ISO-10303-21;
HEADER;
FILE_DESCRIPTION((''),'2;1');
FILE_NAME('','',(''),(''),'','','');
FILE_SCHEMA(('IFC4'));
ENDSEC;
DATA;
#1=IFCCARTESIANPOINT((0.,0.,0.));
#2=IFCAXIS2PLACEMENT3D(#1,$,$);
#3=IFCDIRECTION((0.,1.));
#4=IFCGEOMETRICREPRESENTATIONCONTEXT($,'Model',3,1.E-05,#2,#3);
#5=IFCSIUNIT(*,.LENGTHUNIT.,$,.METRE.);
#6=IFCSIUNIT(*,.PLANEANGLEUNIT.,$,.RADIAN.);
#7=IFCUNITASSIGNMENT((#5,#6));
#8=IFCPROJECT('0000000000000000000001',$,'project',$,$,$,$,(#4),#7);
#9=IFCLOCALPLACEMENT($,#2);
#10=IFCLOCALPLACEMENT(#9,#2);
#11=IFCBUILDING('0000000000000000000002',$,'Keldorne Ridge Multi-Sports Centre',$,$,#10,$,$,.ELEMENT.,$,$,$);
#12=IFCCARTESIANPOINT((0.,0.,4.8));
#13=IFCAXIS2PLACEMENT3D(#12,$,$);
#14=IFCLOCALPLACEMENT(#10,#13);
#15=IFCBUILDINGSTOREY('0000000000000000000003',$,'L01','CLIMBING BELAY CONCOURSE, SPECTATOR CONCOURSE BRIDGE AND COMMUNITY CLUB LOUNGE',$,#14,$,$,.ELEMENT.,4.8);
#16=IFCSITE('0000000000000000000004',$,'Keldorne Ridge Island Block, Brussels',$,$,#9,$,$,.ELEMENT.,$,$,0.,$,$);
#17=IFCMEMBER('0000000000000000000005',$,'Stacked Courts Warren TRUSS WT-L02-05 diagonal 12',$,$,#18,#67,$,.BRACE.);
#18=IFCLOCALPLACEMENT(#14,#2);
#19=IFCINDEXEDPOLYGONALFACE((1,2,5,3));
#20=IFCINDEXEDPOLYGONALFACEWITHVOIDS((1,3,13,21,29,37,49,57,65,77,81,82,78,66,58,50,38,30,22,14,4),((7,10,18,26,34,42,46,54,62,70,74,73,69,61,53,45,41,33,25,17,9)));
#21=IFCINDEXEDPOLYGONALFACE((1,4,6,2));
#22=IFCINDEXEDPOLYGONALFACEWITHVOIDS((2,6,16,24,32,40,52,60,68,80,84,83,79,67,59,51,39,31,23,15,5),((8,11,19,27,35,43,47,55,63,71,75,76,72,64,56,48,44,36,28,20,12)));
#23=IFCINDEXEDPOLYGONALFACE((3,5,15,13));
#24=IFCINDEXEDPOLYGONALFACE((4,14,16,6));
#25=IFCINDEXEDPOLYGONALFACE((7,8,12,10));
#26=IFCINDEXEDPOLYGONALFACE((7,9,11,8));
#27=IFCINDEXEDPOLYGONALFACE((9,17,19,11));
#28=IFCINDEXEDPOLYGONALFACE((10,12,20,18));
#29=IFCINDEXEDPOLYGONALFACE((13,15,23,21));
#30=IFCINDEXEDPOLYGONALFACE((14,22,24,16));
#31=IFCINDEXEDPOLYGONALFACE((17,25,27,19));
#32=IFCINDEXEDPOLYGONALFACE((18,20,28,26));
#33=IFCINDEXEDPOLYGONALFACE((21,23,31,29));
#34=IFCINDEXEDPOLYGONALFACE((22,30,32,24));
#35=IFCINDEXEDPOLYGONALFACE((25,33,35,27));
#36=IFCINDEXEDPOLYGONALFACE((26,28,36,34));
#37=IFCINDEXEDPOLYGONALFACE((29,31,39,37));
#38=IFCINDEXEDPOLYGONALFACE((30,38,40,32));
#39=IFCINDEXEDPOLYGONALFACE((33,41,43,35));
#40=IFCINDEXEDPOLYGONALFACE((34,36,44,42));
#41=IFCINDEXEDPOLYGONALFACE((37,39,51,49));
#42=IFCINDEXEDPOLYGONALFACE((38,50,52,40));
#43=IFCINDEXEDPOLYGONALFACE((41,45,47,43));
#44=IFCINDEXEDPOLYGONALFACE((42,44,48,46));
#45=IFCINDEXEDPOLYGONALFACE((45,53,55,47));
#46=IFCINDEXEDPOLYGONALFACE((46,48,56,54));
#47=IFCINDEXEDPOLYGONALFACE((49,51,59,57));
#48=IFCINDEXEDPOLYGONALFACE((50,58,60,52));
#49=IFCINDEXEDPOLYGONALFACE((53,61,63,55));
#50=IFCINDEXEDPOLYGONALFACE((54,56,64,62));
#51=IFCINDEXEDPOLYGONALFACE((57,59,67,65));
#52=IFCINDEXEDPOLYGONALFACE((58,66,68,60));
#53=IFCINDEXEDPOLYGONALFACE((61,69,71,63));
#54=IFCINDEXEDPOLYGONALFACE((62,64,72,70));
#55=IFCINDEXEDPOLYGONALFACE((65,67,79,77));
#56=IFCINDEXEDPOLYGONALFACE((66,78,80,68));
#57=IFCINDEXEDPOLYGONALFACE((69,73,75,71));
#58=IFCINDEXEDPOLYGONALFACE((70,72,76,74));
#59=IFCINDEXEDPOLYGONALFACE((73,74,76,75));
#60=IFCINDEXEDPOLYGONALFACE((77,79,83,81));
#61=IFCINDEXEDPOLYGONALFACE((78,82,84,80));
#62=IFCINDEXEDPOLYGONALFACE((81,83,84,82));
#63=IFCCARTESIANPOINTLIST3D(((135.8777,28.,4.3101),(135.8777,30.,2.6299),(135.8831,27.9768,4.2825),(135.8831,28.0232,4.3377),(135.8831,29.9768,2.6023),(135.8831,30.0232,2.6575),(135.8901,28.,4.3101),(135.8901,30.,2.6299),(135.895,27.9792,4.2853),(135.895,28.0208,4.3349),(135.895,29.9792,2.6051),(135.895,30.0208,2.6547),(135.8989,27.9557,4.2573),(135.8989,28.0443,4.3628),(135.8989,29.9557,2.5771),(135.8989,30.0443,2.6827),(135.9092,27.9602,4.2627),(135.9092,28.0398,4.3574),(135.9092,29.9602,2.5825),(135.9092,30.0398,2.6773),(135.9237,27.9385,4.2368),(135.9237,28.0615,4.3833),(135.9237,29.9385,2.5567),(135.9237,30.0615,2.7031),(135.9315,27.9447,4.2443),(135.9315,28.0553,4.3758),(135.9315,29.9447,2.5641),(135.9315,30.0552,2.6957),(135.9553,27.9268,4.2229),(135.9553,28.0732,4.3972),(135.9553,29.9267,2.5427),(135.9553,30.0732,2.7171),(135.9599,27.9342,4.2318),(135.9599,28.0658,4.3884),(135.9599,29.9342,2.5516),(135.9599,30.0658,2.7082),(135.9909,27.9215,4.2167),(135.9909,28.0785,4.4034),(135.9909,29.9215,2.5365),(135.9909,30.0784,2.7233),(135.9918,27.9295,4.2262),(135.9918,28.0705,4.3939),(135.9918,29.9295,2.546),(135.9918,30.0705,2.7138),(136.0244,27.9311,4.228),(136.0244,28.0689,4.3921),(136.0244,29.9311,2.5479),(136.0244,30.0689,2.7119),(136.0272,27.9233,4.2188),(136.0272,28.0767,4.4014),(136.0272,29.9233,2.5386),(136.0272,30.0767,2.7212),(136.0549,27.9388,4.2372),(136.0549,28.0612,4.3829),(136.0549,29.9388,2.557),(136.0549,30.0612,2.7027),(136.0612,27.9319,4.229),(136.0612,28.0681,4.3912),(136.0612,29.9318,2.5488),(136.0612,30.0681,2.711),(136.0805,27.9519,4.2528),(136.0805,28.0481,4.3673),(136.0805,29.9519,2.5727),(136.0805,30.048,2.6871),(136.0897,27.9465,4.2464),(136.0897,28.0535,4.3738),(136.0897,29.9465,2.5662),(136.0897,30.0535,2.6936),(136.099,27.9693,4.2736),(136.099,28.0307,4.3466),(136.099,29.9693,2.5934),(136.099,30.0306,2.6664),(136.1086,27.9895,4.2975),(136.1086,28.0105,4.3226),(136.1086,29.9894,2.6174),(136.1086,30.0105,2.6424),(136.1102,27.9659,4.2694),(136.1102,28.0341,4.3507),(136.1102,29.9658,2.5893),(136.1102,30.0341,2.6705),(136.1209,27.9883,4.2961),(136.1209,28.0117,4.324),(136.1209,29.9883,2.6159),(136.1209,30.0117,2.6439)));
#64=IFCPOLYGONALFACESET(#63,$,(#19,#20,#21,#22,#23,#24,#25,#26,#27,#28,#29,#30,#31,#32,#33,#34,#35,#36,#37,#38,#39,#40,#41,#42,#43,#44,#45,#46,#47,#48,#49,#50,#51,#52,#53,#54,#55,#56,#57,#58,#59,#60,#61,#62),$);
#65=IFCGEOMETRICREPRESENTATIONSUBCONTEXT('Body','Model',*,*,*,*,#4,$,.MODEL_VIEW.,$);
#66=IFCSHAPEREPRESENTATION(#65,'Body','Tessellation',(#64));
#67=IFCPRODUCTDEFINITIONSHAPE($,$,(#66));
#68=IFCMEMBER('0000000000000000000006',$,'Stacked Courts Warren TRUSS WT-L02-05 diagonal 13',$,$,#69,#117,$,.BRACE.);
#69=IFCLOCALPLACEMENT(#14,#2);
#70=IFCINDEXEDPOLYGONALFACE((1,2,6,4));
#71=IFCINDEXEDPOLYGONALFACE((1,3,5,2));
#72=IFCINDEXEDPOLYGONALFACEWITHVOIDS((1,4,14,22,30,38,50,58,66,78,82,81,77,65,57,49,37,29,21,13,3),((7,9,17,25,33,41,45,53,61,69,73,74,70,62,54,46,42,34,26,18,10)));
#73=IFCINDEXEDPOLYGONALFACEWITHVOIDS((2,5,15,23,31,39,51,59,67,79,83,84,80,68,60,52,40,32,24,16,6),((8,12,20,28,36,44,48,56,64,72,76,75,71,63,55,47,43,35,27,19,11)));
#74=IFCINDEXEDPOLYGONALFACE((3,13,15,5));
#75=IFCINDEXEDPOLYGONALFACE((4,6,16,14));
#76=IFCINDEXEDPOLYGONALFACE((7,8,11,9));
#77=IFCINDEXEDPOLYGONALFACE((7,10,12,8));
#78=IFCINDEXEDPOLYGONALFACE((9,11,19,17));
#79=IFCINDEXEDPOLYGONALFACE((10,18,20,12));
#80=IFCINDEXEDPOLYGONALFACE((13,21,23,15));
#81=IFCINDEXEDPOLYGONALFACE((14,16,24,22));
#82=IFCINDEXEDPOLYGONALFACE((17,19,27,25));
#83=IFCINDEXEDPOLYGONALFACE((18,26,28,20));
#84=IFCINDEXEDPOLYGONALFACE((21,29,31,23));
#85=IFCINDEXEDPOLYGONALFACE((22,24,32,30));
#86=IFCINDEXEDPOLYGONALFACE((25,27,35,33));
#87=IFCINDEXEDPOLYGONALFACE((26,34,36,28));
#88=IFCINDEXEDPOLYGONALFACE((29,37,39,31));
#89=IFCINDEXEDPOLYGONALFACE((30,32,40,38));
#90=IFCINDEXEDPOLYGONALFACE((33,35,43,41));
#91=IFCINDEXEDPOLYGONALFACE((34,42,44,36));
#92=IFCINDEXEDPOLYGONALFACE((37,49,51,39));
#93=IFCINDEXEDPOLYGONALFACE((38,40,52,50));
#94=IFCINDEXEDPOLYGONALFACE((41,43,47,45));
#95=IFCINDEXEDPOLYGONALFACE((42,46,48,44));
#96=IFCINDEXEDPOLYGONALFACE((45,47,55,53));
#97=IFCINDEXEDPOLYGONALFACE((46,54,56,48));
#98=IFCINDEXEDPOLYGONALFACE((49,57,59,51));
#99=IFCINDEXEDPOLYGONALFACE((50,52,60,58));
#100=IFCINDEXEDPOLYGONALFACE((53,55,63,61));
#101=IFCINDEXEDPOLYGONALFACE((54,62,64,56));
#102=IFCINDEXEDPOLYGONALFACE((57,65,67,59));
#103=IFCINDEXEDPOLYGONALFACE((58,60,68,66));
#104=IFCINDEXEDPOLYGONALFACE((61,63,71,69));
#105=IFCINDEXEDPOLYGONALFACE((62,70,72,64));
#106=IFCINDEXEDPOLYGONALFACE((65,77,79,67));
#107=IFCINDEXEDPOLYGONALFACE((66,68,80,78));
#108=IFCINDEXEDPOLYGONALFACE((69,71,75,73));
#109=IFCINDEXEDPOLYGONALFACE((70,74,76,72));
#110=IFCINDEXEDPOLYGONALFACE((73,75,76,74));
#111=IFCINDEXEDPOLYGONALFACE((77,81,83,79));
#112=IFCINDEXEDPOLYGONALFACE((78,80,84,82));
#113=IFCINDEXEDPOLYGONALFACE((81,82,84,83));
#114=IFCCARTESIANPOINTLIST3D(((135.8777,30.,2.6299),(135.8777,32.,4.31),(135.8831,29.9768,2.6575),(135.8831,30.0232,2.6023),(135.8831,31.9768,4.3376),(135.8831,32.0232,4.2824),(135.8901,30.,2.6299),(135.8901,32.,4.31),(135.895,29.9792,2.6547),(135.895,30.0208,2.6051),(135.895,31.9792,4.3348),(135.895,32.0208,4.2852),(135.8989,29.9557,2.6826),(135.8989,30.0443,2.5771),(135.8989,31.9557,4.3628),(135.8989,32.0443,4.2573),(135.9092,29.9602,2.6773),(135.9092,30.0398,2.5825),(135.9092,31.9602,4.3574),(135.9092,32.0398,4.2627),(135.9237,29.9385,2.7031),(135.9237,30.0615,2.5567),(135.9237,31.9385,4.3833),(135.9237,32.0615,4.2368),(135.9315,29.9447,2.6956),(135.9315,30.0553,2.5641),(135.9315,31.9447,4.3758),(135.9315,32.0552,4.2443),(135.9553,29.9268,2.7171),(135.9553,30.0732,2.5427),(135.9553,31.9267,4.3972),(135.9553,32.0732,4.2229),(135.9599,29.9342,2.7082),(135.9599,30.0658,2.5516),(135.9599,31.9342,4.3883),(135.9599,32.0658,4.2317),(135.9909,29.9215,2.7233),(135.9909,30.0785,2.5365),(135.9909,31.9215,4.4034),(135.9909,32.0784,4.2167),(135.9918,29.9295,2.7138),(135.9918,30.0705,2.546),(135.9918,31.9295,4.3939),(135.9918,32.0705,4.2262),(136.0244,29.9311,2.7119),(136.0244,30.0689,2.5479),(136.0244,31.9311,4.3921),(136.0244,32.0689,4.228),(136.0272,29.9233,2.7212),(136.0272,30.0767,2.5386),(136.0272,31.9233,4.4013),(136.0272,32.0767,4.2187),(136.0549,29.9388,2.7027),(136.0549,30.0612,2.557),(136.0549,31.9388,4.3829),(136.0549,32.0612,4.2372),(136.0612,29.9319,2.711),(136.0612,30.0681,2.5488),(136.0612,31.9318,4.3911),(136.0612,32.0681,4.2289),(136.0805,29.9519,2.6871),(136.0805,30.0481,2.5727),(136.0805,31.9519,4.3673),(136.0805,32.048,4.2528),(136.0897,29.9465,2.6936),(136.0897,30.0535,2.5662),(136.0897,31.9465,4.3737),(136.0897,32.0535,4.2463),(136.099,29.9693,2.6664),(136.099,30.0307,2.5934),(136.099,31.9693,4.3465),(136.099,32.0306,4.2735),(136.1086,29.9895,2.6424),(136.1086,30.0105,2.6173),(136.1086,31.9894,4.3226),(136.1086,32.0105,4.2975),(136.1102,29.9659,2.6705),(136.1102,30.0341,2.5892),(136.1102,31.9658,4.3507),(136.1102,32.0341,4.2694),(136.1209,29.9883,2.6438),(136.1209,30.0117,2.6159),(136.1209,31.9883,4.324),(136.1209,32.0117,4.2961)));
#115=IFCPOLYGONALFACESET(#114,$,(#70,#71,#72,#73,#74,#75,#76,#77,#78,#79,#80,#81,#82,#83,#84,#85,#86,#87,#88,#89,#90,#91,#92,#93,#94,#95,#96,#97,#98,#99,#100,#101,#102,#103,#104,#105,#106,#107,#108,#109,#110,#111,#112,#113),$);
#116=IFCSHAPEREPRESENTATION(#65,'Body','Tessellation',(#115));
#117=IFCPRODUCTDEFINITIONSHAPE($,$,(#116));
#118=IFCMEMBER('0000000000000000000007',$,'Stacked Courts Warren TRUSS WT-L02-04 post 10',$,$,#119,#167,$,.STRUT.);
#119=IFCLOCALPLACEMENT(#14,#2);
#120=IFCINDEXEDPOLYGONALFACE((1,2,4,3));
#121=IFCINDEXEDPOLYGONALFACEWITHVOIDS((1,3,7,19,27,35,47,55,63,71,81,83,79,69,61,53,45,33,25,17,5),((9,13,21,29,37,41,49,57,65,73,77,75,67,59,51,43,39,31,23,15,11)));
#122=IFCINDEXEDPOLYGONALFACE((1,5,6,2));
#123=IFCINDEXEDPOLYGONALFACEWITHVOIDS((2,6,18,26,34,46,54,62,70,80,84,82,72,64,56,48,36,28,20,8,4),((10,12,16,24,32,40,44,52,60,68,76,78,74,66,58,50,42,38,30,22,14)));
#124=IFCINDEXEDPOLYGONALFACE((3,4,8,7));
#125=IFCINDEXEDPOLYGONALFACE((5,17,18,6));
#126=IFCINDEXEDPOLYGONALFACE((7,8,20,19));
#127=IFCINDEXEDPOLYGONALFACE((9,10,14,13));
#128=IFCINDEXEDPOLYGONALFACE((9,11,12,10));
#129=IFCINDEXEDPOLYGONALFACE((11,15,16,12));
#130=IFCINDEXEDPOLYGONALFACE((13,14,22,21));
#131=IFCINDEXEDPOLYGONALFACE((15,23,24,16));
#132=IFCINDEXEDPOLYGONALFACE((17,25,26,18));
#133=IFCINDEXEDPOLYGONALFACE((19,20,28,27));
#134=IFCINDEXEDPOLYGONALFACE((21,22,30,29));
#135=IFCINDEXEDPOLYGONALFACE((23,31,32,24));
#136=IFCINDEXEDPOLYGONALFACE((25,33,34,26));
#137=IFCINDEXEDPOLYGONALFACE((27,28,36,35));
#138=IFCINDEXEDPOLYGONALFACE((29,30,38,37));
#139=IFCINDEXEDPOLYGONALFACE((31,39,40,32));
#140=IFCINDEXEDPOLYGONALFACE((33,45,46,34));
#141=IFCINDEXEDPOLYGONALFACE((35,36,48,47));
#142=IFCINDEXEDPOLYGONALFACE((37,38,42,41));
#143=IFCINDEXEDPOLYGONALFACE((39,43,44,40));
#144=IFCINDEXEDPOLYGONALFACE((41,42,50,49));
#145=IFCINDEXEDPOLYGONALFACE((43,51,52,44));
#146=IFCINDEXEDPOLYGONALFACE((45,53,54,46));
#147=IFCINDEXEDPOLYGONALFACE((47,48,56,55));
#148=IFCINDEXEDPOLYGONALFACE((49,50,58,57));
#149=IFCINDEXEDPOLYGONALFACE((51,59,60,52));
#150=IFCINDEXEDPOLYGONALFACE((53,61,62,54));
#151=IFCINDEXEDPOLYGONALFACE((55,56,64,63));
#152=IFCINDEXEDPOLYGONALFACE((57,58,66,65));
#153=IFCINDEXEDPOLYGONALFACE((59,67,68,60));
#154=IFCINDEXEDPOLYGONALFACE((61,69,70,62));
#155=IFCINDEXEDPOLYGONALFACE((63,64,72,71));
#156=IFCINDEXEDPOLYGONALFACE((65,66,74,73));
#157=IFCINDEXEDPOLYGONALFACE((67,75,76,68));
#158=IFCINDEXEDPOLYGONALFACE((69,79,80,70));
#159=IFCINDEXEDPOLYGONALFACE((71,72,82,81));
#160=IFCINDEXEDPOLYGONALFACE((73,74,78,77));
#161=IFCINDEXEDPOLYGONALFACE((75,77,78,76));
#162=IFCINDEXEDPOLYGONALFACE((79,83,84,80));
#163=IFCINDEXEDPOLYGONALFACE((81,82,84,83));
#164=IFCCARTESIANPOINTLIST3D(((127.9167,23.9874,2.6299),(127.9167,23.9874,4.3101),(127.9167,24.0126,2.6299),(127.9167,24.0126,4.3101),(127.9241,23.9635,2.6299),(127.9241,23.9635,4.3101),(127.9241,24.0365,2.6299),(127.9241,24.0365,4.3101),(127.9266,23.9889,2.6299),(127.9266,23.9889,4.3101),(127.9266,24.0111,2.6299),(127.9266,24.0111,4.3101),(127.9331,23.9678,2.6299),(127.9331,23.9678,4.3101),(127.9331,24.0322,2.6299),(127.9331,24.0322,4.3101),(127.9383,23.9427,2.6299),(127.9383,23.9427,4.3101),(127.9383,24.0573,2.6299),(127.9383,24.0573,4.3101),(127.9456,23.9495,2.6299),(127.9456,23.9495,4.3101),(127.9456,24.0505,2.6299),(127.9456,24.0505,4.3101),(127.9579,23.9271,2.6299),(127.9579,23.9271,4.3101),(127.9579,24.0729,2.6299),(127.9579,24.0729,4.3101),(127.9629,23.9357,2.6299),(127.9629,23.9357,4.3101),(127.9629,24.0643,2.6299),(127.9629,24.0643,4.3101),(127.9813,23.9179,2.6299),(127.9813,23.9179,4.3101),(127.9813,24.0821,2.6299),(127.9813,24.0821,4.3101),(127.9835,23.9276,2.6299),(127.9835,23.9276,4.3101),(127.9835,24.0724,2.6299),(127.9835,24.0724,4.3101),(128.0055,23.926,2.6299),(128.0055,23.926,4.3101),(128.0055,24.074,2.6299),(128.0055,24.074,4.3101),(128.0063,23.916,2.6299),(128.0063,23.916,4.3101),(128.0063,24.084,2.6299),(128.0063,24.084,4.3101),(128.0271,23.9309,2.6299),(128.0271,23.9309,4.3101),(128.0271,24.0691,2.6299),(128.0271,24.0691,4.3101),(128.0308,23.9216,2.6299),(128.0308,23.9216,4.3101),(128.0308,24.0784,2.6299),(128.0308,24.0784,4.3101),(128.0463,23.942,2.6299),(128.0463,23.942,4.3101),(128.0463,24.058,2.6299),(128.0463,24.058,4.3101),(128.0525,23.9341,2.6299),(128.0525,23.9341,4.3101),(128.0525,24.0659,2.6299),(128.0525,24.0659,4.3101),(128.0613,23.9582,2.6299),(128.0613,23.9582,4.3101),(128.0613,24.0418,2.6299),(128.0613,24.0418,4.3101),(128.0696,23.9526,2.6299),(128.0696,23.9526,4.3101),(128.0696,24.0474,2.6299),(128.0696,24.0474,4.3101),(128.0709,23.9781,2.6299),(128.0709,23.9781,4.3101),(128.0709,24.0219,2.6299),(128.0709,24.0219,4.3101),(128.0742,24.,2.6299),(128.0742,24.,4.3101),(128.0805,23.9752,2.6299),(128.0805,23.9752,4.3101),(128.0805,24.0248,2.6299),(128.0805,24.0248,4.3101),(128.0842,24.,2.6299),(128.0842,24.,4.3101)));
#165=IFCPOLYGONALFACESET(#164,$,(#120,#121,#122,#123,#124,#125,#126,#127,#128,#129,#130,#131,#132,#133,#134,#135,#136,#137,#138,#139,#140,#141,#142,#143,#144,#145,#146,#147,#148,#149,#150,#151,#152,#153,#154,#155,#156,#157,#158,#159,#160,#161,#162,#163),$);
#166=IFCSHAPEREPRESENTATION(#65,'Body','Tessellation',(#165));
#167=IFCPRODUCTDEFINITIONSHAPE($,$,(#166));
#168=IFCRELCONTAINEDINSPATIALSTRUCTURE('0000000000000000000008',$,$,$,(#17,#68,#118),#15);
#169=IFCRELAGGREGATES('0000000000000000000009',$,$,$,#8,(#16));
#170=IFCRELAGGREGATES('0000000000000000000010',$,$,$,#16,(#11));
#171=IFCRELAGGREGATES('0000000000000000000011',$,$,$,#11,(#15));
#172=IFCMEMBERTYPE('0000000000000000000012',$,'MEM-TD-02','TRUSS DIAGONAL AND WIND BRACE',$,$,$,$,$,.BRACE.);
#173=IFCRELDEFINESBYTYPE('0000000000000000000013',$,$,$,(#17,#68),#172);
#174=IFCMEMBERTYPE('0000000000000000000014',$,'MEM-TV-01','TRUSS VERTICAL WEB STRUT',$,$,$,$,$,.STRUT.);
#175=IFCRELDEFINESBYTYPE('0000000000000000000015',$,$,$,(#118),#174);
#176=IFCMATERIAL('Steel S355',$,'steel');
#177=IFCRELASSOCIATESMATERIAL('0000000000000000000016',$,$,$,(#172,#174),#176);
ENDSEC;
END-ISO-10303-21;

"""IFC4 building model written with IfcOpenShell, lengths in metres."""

from ifc_helpers import new_model, si_unit, direction, frame, origin, origin_2d, place, context, subcontext, project, spatial, hollow_circle, extrude, material, material_profile, profile_set, type_object, element, save


model = new_model("IFC4")

# Units and contexts
model_context = context("Model", 3, precision=1e-05, world=origin(), true_north=direction((0.0, 1.0)))
body_context = subcontext(model_context, "Body", "Model", "MODEL_VIEW")
ifc_project = project(units=[si_unit("LENGTHUNIT", "METRE"), si_unit("PLANEANGLEUNIT", "RADIAN")], contexts=[model_context])

# Site, building, storey
site_placement = place(None, origin())
site = spatial("IfcSite", under=ifc_project, at=site_placement, Name="Keldorne Ridge Island Block, Brussels", CompositionType="ELEMENT", RefElevation=0.0)
building_placement = place(site_placement, origin())
building = spatial("IfcBuilding", under=site, at=building_placement, Name="Keldorne Ridge Multi-Sports Centre", CompositionType="ELEMENT")
storey_placement = place(building_placement, frame((0.0, 0.0, 4.8)))
storey = spatial("IfcBuildingStorey", under=building, at=storey_placement, Name="L01", Description="CLIMBING BELAY CONCOURSE, SPECTATOR CONCOURSE BRIDGE AND COMMUNITY CLUB LOUNGE", CompositionType="ELEMENT", Elevation=4.8)

# Members
ifc_material = material(Name="Steel S355", Category="steel")
ifc_material_profile_1 = material_profile(ifc_material, hollow_circle(Radius=0.1223, WallThickness=0.0125, at=origin_2d()), Name="CHS 244.5x12.5")
ifc_profile_set_1 = profile_set([ifc_material_profile_1], Name="Steel S355")
member_type_1 = type_object("IfcMemberType", Name="MEM-TD-02", Description="TRUSS DIAGONAL AND WIND BRACE", PredefinedType="BRACE", material=ifc_profile_set_1)
for number, where, z_axis, x_axis, name in (
    (1, (136.0, 28.0, 4.3101), (0.0, 0.765672, -0.643232), (-1.0, 0.0, 0.0), "Stacked Courts Warren TRUSS WT-L02-05 diagonal 12"),
    (2, (136.0, 30.0, 2.6299), (0.0, 0.765672, 0.643232), (-1.0, 0.0, 0.0), "Stacked Courts Warren TRUSS WT-L02-05 diagonal 13"),
):
    element("IfcMember", number, at=place(storey_placement, frame(where, z_axis=z_axis, x_axis=x_axis)), inside=storey, type_object=member_type_1, Name=name, PredefinedType="BRACE", context=body_context, shape_type="SweptSolid", body=[
        extrude(hollow_circle(Radius=0.1223, WallThickness=0.0125, at=origin_2d()), origin(), (0.0, 0.0, 1.0), 2.6121),
    ])
ifc_material_profile_2 = material_profile(ifc_material, hollow_circle(Radius=0.0842, WallThickness=0.01, at=origin_2d()), Name="CHS 168.3x10")
ifc_profile_set_2 = profile_set([ifc_material_profile_2], Name="Steel S355")
member_type_2 = type_object("IfcMemberType", Name="MEM-TV-01", Description="TRUSS VERTICAL WEB STRUT", PredefinedType="STRUT", material=ifc_profile_set_2)
for number, where, z_axis, x_axis, name in (
    (3, (128.0, 24.0, 2.6299), (0.0, 0.0, 1.0), (1.0, 0.0, 0.0), "Stacked Courts Warren TRUSS WT-L02-04 post 10"),
):
    element("IfcMember", number, at=place(storey_placement, frame(where, z_axis=z_axis, x_axis=x_axis)), inside=storey, type_object=member_type_2, Name=name, PredefinedType="STRUT", context=body_context, shape_type="SweptSolid", body=[
        extrude(hollow_circle(Radius=0.0842, WallThickness=0.01, at=origin_2d()), origin(), (0.0, 0.0, 1.0), 1.6802),
    ])

save(model, "model.ifc")
